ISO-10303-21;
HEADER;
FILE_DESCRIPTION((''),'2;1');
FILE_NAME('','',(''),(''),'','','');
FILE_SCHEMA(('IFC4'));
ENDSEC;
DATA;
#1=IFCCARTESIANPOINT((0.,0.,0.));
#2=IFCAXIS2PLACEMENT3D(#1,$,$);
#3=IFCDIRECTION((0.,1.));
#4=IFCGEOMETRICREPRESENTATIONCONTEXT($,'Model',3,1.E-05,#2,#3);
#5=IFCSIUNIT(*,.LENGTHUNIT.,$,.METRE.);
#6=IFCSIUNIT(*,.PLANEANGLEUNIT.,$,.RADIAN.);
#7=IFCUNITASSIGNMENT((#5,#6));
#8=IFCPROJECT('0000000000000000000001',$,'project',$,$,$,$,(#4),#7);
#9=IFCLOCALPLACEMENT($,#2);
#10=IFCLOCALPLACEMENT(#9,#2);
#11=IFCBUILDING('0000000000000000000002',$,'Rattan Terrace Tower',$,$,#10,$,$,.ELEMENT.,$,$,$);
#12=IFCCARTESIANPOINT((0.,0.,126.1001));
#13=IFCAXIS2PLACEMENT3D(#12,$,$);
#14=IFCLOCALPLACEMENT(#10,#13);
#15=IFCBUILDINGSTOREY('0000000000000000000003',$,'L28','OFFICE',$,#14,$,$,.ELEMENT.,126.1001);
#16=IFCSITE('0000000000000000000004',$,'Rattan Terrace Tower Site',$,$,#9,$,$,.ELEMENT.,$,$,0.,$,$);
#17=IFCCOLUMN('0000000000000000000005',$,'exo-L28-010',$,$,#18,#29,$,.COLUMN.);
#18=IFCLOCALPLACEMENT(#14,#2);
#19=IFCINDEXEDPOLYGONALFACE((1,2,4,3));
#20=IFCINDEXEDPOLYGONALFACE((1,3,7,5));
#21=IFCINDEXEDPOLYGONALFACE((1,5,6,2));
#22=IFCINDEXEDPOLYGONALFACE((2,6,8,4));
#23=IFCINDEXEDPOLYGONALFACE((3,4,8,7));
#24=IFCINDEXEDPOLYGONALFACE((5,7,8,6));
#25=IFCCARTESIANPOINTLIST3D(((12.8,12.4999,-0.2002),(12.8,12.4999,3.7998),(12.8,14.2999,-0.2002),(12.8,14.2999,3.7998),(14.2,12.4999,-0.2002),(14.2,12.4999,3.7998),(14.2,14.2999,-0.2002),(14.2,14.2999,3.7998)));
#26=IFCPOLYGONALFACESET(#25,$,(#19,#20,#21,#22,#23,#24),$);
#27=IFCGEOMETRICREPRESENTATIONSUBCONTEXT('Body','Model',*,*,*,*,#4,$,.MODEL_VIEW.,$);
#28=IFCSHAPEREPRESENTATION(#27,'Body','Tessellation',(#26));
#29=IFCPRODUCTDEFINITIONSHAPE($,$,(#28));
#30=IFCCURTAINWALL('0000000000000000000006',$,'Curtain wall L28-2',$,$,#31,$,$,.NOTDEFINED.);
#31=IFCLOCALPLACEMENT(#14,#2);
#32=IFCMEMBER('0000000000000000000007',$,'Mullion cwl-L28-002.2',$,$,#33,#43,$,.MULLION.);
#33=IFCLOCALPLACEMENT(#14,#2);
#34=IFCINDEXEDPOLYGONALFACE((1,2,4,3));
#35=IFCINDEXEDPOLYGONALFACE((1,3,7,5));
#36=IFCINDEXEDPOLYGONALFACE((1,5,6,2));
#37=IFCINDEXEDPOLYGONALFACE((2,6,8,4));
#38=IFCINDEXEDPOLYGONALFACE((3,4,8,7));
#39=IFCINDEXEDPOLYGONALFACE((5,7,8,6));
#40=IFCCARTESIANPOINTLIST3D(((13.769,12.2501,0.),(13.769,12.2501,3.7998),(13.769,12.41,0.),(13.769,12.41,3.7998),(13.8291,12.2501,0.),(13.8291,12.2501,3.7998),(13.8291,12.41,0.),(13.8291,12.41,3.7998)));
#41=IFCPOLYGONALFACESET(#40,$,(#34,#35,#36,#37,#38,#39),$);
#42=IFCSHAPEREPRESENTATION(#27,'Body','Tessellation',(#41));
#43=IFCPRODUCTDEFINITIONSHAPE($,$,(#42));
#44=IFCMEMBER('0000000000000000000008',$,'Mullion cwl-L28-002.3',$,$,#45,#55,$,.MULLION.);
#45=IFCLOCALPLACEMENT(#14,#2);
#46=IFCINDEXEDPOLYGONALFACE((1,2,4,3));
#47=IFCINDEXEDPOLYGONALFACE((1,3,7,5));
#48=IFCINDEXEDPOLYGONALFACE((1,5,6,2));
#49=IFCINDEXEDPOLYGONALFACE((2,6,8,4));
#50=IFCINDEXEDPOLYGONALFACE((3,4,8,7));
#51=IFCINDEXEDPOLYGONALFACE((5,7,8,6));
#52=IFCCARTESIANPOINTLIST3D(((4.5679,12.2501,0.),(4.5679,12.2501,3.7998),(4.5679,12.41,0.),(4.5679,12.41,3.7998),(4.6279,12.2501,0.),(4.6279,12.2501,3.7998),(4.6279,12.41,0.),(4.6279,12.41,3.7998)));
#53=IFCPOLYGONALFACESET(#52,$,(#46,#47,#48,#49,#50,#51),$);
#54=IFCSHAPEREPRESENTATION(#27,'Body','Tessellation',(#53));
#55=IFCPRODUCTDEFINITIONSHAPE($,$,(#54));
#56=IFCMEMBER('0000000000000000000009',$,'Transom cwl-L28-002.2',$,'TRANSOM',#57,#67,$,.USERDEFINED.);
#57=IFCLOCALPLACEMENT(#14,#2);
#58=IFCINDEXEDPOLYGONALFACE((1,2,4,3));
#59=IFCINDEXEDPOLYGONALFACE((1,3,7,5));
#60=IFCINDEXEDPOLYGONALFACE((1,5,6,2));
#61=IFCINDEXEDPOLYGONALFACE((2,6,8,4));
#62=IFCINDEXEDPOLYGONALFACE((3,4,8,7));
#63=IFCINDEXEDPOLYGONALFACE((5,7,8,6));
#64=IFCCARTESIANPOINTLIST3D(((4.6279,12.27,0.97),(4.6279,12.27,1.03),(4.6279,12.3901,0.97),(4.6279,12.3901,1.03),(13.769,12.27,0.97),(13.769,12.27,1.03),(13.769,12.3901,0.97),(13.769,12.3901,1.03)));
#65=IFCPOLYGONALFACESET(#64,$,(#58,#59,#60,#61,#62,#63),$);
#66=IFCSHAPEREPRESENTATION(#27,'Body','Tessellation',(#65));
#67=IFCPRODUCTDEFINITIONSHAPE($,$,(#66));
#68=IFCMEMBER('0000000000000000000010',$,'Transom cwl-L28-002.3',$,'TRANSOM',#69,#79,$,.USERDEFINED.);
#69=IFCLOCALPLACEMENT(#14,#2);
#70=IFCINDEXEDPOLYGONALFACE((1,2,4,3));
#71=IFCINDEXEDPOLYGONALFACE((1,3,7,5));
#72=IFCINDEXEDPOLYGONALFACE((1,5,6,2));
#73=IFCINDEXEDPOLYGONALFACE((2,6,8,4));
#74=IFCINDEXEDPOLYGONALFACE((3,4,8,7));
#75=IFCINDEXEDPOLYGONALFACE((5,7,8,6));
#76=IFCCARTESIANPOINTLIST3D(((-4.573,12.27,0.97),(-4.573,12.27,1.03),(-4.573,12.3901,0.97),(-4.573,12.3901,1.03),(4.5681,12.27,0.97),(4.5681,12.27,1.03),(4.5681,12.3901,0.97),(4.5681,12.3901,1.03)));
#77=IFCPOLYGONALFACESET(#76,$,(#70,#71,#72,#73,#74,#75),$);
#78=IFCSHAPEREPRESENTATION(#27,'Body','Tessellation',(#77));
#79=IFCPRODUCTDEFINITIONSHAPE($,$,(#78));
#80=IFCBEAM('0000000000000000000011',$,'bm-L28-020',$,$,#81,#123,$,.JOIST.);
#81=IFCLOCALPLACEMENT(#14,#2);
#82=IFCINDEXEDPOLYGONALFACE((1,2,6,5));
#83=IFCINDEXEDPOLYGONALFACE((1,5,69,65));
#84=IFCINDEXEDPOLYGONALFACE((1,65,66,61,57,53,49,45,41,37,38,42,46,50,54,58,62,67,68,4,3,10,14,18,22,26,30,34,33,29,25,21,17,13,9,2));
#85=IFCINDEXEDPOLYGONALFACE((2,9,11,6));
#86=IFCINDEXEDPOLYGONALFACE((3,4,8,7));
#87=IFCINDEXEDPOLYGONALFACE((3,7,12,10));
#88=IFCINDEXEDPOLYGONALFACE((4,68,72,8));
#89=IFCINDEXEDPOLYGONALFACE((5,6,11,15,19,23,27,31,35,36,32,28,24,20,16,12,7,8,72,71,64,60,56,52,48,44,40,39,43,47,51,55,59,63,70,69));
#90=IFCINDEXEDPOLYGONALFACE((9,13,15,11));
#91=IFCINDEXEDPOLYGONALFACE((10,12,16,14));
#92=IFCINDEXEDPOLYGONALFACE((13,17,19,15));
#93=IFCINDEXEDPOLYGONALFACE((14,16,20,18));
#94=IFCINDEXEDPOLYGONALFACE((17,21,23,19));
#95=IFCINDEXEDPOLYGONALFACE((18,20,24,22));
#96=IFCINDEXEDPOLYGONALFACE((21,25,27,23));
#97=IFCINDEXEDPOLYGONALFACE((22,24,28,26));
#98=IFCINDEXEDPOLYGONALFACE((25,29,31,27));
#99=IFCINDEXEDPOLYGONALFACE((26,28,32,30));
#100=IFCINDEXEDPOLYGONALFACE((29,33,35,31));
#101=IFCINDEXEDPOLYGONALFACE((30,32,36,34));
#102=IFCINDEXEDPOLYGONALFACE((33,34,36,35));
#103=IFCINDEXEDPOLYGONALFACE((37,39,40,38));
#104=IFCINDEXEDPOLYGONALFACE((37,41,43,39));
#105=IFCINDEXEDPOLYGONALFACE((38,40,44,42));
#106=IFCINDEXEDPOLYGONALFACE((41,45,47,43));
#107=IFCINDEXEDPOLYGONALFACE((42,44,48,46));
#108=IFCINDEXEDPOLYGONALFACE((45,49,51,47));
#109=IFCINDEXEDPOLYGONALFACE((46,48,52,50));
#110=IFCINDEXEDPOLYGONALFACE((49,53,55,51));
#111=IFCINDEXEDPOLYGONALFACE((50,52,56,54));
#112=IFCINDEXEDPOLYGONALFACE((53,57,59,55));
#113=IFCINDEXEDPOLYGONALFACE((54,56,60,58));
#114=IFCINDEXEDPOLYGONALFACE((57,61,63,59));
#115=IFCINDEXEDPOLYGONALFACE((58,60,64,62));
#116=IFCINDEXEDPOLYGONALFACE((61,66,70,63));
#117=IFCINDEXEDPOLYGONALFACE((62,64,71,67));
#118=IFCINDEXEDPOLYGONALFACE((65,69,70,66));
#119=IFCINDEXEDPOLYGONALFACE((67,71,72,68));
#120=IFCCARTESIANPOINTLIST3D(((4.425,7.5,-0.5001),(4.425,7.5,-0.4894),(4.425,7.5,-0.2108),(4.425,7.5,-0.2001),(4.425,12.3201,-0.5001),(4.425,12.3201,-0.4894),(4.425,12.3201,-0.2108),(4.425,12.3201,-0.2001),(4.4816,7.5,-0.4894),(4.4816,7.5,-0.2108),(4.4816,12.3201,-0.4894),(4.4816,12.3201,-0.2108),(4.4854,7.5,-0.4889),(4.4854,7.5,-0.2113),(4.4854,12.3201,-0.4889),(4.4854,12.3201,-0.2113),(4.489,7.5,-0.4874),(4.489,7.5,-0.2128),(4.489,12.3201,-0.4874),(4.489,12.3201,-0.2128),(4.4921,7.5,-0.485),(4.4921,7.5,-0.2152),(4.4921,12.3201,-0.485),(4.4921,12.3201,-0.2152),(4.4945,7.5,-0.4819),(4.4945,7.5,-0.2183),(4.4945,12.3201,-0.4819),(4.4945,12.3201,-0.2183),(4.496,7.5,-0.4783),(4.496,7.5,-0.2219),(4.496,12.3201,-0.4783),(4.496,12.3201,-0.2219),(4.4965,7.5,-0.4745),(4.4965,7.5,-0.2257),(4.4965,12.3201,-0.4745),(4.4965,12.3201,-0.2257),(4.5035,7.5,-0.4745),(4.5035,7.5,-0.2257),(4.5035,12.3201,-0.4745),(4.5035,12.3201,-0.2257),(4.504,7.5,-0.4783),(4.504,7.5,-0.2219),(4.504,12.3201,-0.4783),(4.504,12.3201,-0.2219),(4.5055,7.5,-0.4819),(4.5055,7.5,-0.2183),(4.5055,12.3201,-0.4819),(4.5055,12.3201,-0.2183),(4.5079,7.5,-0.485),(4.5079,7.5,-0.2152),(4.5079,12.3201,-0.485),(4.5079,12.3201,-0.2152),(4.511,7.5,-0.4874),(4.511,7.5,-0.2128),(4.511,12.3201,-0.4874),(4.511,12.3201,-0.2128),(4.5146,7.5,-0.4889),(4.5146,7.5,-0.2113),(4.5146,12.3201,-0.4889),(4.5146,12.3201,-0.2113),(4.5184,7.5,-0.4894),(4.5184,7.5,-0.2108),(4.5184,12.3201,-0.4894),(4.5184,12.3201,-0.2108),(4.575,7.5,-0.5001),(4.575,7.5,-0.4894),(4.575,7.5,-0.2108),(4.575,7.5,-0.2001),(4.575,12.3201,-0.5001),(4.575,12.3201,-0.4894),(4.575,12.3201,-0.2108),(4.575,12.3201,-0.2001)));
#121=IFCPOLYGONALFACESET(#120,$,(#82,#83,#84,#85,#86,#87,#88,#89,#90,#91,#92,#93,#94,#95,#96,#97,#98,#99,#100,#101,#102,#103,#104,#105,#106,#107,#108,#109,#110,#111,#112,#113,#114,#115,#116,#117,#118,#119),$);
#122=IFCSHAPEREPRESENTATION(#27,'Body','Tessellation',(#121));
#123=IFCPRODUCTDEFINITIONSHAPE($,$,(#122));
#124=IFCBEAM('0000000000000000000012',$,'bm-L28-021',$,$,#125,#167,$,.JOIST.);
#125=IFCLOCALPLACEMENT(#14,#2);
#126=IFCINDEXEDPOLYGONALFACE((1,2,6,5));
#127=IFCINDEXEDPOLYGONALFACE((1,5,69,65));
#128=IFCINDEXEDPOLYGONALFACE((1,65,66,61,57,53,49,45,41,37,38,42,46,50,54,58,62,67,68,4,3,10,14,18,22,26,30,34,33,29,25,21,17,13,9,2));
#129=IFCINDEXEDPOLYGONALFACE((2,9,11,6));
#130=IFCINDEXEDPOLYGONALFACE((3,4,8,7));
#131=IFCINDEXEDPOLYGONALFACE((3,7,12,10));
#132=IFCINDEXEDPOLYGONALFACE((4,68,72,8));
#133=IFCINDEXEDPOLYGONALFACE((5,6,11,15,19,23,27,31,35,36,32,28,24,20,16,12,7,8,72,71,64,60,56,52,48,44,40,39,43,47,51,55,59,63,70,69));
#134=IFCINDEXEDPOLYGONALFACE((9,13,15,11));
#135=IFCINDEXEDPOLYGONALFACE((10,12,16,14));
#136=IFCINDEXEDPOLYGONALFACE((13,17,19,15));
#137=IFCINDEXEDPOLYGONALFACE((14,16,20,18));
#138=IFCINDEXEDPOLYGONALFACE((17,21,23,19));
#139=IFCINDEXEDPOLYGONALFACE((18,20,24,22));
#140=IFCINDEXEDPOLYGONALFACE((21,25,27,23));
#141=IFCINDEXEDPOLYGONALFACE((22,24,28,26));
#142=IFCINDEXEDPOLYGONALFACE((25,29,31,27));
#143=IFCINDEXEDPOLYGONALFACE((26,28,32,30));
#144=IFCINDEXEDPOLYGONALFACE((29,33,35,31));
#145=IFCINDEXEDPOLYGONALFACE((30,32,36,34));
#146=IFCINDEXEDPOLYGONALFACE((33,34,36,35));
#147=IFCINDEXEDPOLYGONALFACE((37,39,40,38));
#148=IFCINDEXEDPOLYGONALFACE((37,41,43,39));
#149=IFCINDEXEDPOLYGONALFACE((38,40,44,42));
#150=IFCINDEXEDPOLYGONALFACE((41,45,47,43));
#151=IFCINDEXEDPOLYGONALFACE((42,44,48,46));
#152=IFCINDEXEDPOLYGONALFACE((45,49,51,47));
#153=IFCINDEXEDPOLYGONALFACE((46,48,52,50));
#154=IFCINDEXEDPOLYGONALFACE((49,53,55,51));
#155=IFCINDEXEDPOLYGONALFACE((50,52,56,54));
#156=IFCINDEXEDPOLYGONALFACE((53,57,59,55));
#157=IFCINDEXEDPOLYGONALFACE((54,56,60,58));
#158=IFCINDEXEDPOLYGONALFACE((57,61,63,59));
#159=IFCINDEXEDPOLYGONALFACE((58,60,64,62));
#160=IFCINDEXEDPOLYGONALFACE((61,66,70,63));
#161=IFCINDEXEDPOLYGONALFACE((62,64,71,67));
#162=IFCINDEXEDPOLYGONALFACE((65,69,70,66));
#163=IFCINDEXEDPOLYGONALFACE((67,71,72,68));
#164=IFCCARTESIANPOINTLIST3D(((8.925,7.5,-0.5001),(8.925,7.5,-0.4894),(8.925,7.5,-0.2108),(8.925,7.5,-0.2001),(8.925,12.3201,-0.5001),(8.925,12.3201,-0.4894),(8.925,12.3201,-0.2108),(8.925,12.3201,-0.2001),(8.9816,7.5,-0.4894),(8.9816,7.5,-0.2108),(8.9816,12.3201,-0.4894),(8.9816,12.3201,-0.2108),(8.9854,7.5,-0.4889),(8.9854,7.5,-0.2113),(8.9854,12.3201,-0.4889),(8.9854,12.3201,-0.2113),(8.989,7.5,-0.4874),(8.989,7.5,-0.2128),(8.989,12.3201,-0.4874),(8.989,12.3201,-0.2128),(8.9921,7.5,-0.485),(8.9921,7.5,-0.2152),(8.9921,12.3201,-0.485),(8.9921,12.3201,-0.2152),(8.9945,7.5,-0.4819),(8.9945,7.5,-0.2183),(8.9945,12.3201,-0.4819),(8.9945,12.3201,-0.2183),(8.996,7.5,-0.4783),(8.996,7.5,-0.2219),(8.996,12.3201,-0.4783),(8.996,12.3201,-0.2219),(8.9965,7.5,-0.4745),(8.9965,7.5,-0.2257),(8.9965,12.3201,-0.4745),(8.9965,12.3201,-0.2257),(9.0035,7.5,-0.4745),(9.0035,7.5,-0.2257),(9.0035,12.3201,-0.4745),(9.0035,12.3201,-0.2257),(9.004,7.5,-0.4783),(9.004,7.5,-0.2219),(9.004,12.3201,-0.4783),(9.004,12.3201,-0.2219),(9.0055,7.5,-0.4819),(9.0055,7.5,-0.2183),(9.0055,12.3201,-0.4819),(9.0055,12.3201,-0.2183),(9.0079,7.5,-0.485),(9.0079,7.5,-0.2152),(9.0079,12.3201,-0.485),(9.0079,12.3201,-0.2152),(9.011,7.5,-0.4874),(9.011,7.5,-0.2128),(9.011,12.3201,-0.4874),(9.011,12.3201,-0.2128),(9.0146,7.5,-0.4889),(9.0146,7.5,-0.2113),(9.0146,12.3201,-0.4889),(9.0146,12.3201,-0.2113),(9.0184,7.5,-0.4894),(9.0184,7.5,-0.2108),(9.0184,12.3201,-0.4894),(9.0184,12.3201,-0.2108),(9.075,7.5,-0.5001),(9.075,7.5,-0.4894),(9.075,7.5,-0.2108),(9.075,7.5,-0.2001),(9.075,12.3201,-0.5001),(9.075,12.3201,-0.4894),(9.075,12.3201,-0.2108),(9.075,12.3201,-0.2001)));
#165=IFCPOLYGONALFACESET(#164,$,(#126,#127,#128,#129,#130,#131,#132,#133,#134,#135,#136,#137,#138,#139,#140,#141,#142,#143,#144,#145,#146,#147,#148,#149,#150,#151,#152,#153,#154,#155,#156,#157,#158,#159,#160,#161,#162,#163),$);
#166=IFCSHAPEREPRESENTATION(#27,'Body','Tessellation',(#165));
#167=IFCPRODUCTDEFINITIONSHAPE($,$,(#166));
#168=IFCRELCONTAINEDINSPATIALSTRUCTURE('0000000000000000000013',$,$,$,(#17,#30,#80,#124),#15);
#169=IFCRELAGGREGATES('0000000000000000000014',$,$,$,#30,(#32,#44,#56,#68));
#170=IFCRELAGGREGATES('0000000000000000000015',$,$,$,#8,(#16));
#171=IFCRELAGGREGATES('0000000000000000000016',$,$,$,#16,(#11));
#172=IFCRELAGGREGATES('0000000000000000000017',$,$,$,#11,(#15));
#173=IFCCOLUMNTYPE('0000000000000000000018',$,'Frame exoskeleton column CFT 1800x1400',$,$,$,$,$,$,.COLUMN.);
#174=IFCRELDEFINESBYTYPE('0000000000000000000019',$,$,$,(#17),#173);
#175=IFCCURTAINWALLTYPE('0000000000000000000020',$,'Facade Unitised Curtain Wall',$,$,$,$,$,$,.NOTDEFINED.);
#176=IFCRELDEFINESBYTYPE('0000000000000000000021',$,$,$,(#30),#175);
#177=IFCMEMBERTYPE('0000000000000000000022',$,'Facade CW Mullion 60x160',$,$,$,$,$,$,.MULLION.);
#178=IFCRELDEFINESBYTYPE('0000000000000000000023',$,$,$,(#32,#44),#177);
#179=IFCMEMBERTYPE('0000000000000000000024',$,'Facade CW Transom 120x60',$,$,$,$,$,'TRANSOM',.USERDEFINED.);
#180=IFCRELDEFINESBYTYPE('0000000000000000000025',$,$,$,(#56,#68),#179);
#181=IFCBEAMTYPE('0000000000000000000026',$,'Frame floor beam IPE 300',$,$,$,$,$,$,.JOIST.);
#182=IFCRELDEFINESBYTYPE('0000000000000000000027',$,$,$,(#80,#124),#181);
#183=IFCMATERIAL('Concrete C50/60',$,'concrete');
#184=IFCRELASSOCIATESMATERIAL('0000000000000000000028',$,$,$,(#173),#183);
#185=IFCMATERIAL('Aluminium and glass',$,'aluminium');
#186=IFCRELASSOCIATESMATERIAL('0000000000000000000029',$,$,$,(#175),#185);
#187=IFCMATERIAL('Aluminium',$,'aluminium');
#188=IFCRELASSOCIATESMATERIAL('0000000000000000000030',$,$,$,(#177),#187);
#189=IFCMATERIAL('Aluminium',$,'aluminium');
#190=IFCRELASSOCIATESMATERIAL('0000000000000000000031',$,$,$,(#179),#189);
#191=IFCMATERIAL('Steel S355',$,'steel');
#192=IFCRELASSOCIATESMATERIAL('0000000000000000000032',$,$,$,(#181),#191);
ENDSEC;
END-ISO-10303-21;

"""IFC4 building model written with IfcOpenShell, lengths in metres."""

from ifc_helpers import new_model, si_unit, direction, frame, origin, origin_2d, place, context, subcontext, project, spatial, rectangle, i_section, extrude, material, material_profile, profile_set, type_object, element, aggregate, save


model = new_model("IFC4")

# Units and contexts
model_context = context("Model", 3, precision=1e-05, world=origin(), true_north=direction((0.0, 1.0)))
body_context = subcontext(model_context, "Body", "Model", "MODEL_VIEW")
ifc_project = project(units=[si_unit("LENGTHUNIT", "METRE"), si_unit("PLANEANGLEUNIT", "RADIAN")], contexts=[model_context])

# Site, building, storey
site_placement = place(None, origin())
site = spatial("IfcSite", under=ifc_project, at=site_placement, Name="Rattan Terrace Tower Site", CompositionType="ELEMENT", RefElevation=0.0)
building_placement = place(site_placement, origin())
building = spatial("IfcBuilding", under=site, at=building_placement, Name="Rattan Terrace Tower", CompositionType="ELEMENT")
storey_placement = place(building_placement, frame((0.0, 0.0, 126.1001)))
storey = spatial("IfcBuildingStorey", under=building, at=storey_placement, Name="L28", Description="OFFICE", CompositionType="ELEMENT", Elevation=126.1001)

# Column
ifc_material_1 = material(Name="Concrete C50/60", Category="concrete")
ifc_material_profile_1 = material_profile(ifc_material_1, rectangle(XDim=1.3999, YDim=1.8, at=origin_2d()), Name="CFT 1800x1400")
ifc_profile_set_1 = profile_set([ifc_material_profile_1], Name="Concrete C50/60")
column_type = type_object("IfcColumnType", Name="Frame exoskeleton column CFT 1800x1400", PredefinedType="COLUMN", material=ifc_profile_set_1)
column_placement = place(storey_placement, frame((13.5, 13.3999, -0.2002), z_axis=(0.0, 0.0, 1.0), x_axis=(1.0, 0.0, 0.0)))
element("IfcColumn", 1, at=column_placement, inside=storey, type_object=column_type, Name="exo-L28-010", PredefinedType="COLUMN", context=body_context, shape_type="SweptSolid", body=[
    extrude(rectangle(XDim=1.3999, YDim=1.8, at=origin_2d()), origin(), (0.0, 0.0, 1.0), 4.0),
])

# Curtain wall, members
ifc_material_2 = material(Name="Aluminium and glass", Category="aluminium")
curtain_wall_type = type_object("IfcCurtainWallType", Name="Facade Unitised Curtain Wall", PredefinedType="NOTDEFINED", material=ifc_material_2)
curtain_wall_placement = place(storey_placement, origin())
curtain_wall = element("IfcCurtainWall", 2, at=curtain_wall_placement, inside=storey, type_object=curtain_wall_type, Name="Curtain wall L28-2", PredefinedType="NOTDEFINED")
ifc_material_3 = material(Name="Aluminium", Category="aluminium")
ifc_material_profile_2 = material_profile(ifc_material_3, rectangle(XDim=0.0601, YDim=0.1599, at=origin_2d()), Name="Aluminium 60x160")
ifc_profile_set_2 = profile_set([ifc_material_profile_2], Name="Aluminium")
member_type_1 = type_object("IfcMemberType", Name="Facade CW Mullion 60x160", PredefinedType="MULLION", material=ifc_profile_set_2)
member_1_placement = place(storey_placement, frame((13.7991, 12.3301, 0.0), z_axis=(0.0, 0.0, 1.0), x_axis=(-1.0, 0.0, 0.0)))
member_1 = element("IfcMember", 3, at=member_1_placement, type_object=member_type_1, Name="Mullion cwl-L28-002.2", PredefinedType="MULLION", context=body_context, shape_type="SweptSolid", body=[
    extrude(rectangle(XDim=0.0601, YDim=0.1599, at=origin_2d()), origin(), (0.0, 0.0, 1.0), 3.7998),
])
member_2_placement = place(storey_placement, frame((4.5979, 12.3301, 0.0), z_axis=(0.0, 0.0, 1.0), x_axis=(-1.0, 0.0, 0.0)))
member_2 = element("IfcMember", 4, at=member_2_placement, type_object=member_type_1, Name="Mullion cwl-L28-002.3", PredefinedType="MULLION", context=body_context, shape_type="SweptSolid", body=[
    extrude(rectangle(XDim=0.0601, YDim=0.1599, at=origin_2d()), origin(), (0.0, 0.0, 1.0), 3.7998),
])
ifc_material_4 = material(Name="Aluminium", Category="aluminium")
ifc_material_profile_3 = material_profile(ifc_material_4, rectangle(XDim=0.1201, YDim=0.0601, at=origin_2d()), Name="Aluminium 120x60")
ifc_profile_set_3 = profile_set([ifc_material_profile_3], Name="Aluminium")
member_type_2 = type_object("IfcMemberType", Name="Facade CW Transom 120x60", ElementType="TRANSOM", PredefinedType="USERDEFINED", material=ifc_profile_set_3)
member_3_placement = place(storey_placement, frame((13.769, 12.3301, 1.0), z_axis=(-1.0, 0.0, 0.0), x_axis=(0.0, -1.0, 0.0)))
member_3 = element("IfcMember", 5, at=member_3_placement, type_object=member_type_2, Name="Transom cwl-L28-002.2", ObjectType="TRANSOM", PredefinedType="USERDEFINED", context=body_context, shape_type="SweptSolid", body=[
    extrude(rectangle(XDim=0.1201, YDim=0.0601, at=origin_2d()), origin(), (0.0, 0.0, 1.0), 9.1411),
])
member_4_placement = place(storey_placement, frame((4.5681, 12.3301, 1.0), z_axis=(-1.0, 0.0, 0.0), x_axis=(0.0, -1.0, 0.0)))
member_4 = element("IfcMember", 6, at=member_4_placement, type_object=member_type_2, Name="Transom cwl-L28-002.3", ObjectType="TRANSOM", PredefinedType="USERDEFINED", context=body_context, shape_type="SweptSolid", body=[
    extrude(rectangle(XDim=0.1201, YDim=0.0601, at=origin_2d()), origin(), (0.0, 0.0, 1.0), 9.1411),
])

# Beams
ifc_material_5 = material(Name="Steel S355", Category="steel")
ifc_material_profile_4 = material_profile(ifc_material_5, i_section(OverallWidth=0.1499, OverallDepth=0.3, WebThickness=0.0071, FlangeThickness=0.0107, FilletRadius=0.0149, at=origin_2d()), Name="IPE 300")
ifc_profile_set_4 = profile_set([ifc_material_profile_4], Name="Steel S355")
beam_type = type_object("IfcBeamType", Name="Frame floor beam IPE 300", PredefinedType="JOIST", material=ifc_profile_set_4)
for number, where, z_axis, x_axis, name in (
    (7, (4.5, 7.5, -0.3501), (0.0, 1.0, 0.0), (-1.0, 0.0, 0.0), "bm-L28-020"),
    (8, (9.0, 7.5, -0.3501), (0.0, 1.0, 0.0), (-1.0, 0.0, 0.0), "bm-L28-021"),
):
    element("IfcBeam", number, at=place(storey_placement, frame(where, z_axis=z_axis, x_axis=x_axis)), inside=storey, type_object=beam_type, Name=name, PredefinedType="JOIST", context=body_context, shape_type="SweptSolid", body=[
        extrude(i_section(OverallWidth=0.1499, OverallDepth=0.3, WebThickness=0.0071, FlangeThickness=0.0107, FilletRadius=0.0149, at=origin_2d()), origin(), (0.0, 0.0, 1.0), 4.8201),
    ])

aggregate(curtain_wall, [member_1, member_2, member_3, member_4])

save(model, "model.ifc")
